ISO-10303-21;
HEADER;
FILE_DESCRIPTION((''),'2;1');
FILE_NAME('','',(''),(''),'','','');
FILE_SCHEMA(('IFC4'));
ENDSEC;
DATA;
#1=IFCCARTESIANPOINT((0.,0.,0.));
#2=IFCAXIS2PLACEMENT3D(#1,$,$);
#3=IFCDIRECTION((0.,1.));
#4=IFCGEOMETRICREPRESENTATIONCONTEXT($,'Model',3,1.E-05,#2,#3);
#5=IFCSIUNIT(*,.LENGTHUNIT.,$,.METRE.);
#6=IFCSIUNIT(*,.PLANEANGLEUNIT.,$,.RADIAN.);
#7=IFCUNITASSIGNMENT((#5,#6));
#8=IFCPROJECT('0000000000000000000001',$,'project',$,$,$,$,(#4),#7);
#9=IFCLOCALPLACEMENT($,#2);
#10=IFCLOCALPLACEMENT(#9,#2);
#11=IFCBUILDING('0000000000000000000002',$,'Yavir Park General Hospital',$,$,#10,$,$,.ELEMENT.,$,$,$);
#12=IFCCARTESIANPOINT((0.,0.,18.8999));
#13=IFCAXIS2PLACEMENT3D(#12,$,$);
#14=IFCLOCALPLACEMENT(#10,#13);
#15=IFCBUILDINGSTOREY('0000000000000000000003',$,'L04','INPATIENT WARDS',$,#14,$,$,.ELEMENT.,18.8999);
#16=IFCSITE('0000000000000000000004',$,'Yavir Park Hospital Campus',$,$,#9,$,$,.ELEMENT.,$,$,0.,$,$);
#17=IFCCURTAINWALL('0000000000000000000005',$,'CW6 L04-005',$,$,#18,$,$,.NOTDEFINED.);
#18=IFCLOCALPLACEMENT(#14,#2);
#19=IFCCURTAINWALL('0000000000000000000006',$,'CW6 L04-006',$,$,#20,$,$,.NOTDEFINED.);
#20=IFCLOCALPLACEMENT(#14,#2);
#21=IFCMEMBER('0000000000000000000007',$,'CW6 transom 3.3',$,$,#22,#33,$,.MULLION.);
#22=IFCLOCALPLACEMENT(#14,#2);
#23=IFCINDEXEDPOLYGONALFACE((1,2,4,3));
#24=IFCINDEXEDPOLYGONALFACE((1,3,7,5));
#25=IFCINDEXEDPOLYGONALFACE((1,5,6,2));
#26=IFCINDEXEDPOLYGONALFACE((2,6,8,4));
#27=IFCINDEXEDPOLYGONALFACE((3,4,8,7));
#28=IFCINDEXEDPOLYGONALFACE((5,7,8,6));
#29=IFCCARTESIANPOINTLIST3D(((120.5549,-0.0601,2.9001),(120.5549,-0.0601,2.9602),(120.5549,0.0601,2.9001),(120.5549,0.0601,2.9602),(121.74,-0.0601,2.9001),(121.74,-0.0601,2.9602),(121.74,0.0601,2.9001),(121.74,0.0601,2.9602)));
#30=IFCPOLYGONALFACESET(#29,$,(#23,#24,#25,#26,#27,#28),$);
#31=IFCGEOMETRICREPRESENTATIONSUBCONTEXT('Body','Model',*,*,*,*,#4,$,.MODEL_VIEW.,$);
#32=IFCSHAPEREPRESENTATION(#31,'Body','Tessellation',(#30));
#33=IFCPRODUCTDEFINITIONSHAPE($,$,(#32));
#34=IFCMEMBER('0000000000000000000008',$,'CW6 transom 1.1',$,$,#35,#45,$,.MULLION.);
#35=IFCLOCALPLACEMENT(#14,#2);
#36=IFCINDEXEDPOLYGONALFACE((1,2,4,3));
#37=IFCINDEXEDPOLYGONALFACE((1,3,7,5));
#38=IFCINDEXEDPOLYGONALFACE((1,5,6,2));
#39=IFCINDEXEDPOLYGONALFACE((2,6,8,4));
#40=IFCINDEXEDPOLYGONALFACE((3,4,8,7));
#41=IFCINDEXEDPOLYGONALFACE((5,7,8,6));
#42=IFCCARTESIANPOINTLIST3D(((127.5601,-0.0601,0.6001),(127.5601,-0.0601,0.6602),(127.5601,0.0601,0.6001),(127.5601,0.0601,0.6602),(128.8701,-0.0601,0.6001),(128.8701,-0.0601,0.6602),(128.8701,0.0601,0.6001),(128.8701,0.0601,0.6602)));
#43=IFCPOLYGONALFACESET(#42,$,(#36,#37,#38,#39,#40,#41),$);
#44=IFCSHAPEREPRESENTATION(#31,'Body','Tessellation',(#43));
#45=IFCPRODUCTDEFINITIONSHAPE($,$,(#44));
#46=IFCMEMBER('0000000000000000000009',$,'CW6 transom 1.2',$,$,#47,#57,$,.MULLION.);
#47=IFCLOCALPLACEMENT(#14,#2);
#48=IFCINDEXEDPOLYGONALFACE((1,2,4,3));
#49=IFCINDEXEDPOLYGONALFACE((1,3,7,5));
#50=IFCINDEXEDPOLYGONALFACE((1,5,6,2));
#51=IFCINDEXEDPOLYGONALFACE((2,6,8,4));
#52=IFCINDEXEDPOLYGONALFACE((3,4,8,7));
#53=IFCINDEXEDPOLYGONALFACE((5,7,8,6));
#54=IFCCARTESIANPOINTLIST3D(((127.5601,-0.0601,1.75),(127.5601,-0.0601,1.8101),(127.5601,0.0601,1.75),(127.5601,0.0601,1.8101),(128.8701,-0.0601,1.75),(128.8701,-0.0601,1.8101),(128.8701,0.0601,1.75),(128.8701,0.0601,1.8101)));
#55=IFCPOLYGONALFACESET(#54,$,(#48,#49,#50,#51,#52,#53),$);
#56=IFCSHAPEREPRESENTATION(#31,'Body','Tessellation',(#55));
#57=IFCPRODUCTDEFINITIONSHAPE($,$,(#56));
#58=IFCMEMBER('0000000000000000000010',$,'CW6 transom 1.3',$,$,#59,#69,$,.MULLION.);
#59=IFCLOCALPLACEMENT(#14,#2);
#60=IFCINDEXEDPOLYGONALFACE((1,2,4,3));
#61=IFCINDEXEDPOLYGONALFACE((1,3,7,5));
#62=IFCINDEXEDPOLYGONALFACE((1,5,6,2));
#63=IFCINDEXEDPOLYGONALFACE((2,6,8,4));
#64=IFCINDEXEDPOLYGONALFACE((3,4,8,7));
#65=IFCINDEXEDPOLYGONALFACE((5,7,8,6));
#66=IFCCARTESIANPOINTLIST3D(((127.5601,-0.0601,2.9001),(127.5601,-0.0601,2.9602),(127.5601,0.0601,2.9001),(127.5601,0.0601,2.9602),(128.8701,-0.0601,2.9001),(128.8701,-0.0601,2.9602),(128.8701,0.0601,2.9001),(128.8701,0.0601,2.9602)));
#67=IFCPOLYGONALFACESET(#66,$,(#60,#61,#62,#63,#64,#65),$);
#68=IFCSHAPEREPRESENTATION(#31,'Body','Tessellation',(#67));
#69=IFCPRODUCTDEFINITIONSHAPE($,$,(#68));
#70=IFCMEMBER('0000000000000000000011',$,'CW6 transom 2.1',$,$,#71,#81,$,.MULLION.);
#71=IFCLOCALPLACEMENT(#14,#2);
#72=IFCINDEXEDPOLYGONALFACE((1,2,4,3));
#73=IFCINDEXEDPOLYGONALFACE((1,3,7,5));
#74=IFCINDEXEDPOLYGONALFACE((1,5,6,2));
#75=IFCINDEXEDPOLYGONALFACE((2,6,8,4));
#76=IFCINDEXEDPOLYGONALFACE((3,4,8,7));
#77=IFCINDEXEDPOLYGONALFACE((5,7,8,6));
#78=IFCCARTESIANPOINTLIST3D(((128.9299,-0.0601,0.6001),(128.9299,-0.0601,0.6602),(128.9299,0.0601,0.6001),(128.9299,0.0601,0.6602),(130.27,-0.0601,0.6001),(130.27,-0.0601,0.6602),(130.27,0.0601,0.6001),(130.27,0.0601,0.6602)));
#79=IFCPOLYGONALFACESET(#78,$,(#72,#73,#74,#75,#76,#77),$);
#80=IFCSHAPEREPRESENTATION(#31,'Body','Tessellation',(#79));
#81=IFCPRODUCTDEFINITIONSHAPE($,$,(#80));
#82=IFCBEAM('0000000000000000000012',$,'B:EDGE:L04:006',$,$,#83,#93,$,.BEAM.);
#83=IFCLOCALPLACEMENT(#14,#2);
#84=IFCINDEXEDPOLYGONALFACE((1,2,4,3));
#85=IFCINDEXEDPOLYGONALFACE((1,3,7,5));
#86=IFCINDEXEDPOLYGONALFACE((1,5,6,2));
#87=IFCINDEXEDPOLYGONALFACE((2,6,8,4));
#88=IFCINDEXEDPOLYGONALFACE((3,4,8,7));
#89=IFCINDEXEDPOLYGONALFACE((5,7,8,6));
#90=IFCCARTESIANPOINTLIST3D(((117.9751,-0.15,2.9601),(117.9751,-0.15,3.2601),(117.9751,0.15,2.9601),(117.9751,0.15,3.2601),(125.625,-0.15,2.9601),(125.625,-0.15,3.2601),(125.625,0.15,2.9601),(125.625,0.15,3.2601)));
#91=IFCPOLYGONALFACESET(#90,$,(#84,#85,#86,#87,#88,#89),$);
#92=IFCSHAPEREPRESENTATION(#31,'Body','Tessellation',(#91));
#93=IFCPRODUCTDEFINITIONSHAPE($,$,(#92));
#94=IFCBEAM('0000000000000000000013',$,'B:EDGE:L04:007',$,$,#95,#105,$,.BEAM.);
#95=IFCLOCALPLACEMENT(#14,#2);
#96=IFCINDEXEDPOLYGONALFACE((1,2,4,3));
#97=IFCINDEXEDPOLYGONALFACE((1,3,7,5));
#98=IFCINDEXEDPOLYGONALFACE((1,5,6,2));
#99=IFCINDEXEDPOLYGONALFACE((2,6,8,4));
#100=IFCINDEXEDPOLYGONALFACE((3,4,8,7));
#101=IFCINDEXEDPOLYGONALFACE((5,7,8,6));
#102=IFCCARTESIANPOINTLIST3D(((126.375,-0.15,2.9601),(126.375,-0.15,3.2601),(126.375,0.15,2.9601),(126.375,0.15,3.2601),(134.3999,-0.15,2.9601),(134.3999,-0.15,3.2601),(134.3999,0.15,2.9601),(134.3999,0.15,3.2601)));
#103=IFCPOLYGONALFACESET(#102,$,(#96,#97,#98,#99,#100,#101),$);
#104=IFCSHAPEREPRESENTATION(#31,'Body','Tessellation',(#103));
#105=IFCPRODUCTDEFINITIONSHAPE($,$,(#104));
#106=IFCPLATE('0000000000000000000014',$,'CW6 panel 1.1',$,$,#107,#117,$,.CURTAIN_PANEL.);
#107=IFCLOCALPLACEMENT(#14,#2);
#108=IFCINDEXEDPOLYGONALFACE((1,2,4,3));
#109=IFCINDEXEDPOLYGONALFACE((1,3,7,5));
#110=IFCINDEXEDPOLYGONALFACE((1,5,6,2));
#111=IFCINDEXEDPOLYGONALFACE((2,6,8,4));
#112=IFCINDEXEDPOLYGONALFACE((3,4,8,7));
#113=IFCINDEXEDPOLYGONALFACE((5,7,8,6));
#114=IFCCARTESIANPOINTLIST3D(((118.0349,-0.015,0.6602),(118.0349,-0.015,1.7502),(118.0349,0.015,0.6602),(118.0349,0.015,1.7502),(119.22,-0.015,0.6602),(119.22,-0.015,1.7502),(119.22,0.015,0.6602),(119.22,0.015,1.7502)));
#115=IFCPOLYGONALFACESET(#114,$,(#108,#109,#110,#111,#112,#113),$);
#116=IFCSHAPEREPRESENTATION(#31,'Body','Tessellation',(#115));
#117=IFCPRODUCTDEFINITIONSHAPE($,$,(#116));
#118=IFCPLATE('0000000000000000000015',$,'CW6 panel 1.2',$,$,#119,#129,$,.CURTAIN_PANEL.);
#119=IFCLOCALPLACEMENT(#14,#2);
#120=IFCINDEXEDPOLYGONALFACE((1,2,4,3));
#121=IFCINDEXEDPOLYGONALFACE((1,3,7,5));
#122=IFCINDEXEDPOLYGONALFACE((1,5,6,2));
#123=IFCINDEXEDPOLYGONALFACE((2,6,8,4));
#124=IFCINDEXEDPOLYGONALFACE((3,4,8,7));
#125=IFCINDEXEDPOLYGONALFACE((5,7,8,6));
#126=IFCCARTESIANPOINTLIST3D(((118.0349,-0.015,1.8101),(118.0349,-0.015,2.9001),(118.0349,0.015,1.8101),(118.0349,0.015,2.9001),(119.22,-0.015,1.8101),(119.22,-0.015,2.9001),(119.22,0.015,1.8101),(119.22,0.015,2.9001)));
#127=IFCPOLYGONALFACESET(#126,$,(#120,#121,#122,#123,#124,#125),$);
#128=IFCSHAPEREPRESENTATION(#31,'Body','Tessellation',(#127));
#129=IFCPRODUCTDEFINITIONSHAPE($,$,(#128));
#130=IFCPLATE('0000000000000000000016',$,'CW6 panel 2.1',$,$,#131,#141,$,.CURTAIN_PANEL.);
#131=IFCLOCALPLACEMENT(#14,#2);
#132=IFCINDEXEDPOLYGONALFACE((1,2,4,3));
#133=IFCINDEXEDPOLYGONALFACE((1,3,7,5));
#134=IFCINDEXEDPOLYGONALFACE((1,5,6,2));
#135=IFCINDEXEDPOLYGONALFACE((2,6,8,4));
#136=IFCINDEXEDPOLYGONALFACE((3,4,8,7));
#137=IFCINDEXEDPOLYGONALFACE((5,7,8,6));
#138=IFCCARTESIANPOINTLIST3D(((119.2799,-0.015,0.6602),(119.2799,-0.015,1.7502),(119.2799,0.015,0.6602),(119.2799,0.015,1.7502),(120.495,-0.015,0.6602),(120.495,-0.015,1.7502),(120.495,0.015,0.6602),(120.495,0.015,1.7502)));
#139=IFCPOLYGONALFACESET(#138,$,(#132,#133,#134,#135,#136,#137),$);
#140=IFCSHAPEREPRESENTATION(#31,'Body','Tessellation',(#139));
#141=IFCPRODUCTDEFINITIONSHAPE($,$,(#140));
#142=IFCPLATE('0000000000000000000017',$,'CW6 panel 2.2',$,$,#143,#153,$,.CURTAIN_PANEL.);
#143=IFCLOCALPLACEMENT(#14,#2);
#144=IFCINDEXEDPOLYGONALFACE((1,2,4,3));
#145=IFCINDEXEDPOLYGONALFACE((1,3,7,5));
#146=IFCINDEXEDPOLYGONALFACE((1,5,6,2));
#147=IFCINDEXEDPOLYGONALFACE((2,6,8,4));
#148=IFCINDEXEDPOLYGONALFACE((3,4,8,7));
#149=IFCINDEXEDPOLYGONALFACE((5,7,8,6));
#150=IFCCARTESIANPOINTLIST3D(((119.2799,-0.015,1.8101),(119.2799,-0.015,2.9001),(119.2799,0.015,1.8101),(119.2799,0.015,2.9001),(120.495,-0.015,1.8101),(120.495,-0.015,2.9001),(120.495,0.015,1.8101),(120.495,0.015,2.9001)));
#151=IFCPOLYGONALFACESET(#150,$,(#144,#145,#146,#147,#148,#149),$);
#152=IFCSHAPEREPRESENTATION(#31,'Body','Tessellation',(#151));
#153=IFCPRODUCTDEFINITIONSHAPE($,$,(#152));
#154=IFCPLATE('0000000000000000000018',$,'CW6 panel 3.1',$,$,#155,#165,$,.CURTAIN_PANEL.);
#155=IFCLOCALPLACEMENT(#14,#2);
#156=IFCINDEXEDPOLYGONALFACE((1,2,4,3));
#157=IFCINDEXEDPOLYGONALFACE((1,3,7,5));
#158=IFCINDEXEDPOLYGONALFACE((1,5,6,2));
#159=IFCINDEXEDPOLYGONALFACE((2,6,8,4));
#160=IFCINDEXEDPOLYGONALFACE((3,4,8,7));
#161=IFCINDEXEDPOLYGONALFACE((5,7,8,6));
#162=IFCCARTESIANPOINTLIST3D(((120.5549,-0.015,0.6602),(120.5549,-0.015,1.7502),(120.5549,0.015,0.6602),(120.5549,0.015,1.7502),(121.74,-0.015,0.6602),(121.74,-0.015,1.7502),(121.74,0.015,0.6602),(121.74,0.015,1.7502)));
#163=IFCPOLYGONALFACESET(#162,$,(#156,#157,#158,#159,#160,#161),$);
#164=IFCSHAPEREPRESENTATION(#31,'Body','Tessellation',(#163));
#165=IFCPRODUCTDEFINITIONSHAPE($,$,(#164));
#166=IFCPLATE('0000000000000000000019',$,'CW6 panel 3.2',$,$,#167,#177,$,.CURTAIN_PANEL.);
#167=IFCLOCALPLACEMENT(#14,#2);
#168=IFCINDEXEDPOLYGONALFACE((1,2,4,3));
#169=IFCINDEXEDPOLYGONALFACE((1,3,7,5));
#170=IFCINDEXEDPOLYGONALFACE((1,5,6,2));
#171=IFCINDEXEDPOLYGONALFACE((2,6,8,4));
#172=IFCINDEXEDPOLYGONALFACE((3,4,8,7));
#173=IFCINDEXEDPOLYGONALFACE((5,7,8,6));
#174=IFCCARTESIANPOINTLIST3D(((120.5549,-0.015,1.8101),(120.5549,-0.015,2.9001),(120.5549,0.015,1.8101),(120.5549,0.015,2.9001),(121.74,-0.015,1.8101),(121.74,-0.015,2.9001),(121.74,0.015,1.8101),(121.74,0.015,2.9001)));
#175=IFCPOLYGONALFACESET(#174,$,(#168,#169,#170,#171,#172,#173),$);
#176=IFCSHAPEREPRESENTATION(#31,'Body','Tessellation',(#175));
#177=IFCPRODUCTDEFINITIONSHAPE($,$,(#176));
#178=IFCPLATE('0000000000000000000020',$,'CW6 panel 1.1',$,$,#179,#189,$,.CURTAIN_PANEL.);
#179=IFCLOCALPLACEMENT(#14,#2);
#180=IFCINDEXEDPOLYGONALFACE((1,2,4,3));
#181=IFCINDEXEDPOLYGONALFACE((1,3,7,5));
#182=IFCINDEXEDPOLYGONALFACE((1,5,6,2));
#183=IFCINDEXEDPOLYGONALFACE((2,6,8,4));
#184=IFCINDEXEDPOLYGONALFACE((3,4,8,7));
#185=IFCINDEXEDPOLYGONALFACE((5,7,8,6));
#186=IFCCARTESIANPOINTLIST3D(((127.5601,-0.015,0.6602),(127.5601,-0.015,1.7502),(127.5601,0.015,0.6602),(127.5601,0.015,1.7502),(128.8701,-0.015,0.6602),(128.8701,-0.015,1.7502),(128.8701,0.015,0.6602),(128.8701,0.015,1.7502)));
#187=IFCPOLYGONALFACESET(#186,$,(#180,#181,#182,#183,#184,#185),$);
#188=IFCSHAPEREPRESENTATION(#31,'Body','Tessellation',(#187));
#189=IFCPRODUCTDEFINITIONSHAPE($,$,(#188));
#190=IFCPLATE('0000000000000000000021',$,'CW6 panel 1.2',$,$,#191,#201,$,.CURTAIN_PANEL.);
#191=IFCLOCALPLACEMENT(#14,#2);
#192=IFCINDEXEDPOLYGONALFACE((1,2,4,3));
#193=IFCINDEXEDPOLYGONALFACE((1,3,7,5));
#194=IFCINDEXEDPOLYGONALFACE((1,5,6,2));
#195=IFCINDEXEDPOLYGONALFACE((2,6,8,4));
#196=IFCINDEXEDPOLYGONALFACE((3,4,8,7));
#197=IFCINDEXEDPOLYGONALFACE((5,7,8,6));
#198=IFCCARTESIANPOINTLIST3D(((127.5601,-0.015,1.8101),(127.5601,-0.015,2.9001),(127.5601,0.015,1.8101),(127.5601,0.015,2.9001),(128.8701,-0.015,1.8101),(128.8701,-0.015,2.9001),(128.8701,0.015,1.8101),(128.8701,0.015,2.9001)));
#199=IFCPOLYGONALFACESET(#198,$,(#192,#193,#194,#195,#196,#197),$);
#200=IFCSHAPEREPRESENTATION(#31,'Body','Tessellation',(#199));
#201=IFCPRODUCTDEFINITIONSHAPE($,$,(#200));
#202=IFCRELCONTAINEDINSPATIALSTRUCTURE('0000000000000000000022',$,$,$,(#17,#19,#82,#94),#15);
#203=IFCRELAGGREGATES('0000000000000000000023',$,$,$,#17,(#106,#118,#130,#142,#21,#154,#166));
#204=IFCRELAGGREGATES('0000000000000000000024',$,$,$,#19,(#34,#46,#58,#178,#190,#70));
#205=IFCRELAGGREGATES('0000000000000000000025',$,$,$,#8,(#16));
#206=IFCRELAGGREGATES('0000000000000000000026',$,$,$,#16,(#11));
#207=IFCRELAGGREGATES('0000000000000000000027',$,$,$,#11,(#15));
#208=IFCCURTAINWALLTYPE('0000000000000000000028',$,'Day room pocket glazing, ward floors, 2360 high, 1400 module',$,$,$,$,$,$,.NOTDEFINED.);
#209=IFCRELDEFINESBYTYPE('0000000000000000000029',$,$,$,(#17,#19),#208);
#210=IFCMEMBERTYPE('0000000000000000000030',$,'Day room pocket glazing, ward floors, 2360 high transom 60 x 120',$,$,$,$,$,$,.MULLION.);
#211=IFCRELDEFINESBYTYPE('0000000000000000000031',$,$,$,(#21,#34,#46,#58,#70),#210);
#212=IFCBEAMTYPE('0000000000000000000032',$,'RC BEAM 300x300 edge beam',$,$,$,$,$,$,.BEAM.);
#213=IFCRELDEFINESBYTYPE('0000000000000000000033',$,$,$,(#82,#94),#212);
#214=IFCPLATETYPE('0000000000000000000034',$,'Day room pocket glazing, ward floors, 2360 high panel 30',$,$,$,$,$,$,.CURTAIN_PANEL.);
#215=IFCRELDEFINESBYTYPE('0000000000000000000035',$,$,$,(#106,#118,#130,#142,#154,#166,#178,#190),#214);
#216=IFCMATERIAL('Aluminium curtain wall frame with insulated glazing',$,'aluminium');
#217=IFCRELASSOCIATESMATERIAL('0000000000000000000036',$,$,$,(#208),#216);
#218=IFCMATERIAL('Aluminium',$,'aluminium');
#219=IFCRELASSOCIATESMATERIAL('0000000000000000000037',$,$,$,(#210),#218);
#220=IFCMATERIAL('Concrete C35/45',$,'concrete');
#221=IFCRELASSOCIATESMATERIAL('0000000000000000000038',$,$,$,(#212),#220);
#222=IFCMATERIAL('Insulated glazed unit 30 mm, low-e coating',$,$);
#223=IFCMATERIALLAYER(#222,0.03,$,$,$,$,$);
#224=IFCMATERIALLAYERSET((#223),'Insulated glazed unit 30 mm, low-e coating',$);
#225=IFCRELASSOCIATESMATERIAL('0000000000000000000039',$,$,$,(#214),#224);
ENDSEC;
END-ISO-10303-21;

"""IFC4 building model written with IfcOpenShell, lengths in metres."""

from ifc_helpers import new_model, si_unit, direction, frame, origin, origin_2d, place, context, subcontext, project, spatial, rectangle, extrude, material, layer, layer_set, material_profile, profile_set, type_object, element, aggregate, save


model = new_model("IFC4")

# Units and contexts
model_context = context("Model", 3, precision=1e-05, world=origin(), true_north=direction((0.0, 1.0)))
body_context = subcontext(model_context, "Body", "Model", "MODEL_VIEW")
ifc_project = project(units=[si_unit("LENGTHUNIT", "METRE"), si_unit("PLANEANGLEUNIT", "RADIAN")], contexts=[model_context])

# Site, building, storey
site_placement = place(None, origin())
site = spatial("IfcSite", under=ifc_project, at=site_placement, Name="Yavir Park Hospital Campus", CompositionType="ELEMENT", RefElevation=0.0)
building_placement = place(site_placement, origin())
building = spatial("IfcBuilding", under=site, at=building_placement, Name="Yavir Park General Hospital", CompositionType="ELEMENT")
storey_placement = place(building_placement, frame((0.0, 0.0, 18.8999)))
storey = spatial("IfcBuildingStorey", under=building, at=storey_placement, Name="L04", Description="INPATIENT WARDS", CompositionType="ELEMENT", Elevation=18.8999)

# Curtain walls
ifc_material_1 = material(Name="Aluminium curtain wall frame with insulated glazing", Category="aluminium")
curtain_wall_type = type_object("IfcCurtainWallType", Name="Day room pocket glazing, ward floors, 2360 high, 1400 module", PredefinedType="NOTDEFINED", material=ifc_material_1)
curtain_wall_1_placement = place(storey_placement, origin())
curtain_wall_1 = element("IfcCurtainWall", 1, at=curtain_wall_1_placement, inside=storey, type_object=curtain_wall_type, Name="CW6 L04-005", PredefinedType="NOTDEFINED")
curtain_wall_2_placement = place(storey_placement, origin())
curtain_wall_2 = element("IfcCurtainWall", 2, at=curtain_wall_2_placement, inside=storey, type_object=curtain_wall_type, Name="CW6 L04-006", PredefinedType="NOTDEFINED")

# Members
ifc_material_2 = material(Name="Aluminium", Category="aluminium")
ifc_material_profile_1 = material_profile(ifc_material_2, rectangle(XDim=0.1201, YDim=0.0601, at=origin_2d()), Name="AL 120x60")
ifc_profile_set_1 = profile_set([ifc_material_profile_1], Name="Aluminium")
member_type_1 = type_object("IfcMemberType", Name="Day room pocket glazing, ward floors, 2360 high transom 60 x 120", PredefinedType="MULLION", material=ifc_profile_set_1)
member_1_placement = place(storey_placement, frame((120.5549, 0.0, 2.9302), z_axis=(1.0, 0.0, 0.0), x_axis=(0.0, 1.0, 0.0)))
member_1 = element("IfcMember", 3, at=member_1_placement, type_object=member_type_1, Name="CW6 transom 3.3", PredefinedType="MULLION", context=body_context, shape_type="SweptSolid", body=[
    extrude(rectangle(XDim=0.1201, YDim=0.0601, at=origin_2d()), origin(), (0.0, 0.0, 1.0), 1.1851),
])
member_2_placement = place(storey_placement, frame((127.5601, 0.0, 0.6301), z_axis=(1.0, 0.0, 0.0), x_axis=(0.0, 1.0, 0.0)))
member_2 = element("IfcMember", 4, at=member_2_placement, type_object=member_type_1, Name="CW6 transom 1.1", PredefinedType="MULLION", context=body_context, shape_type="SweptSolid", body=[
    extrude(rectangle(XDim=0.1201, YDim=0.0601, at=origin_2d()), origin(), (0.0, 0.0, 1.0), 1.3101),
])
member_3_placement = place(storey_placement, frame((127.5601, 0.0, 1.78), z_axis=(1.0, 0.0, 0.0), x_axis=(0.0, 1.0, 0.0)))
member_3 = element("IfcMember", 5, at=member_3_placement, type_object=member_type_1, Name="CW6 transom 1.2", PredefinedType="MULLION", context=body_context, shape_type="SweptSolid", body=[
    extrude(rectangle(XDim=0.1201, YDim=0.0601, at=origin_2d()), origin(), (0.0, 0.0, 1.0), 1.3101),
])
member_4_placement = place(storey_placement, frame((127.5601, 0.0, 2.9302), z_axis=(1.0, 0.0, 0.0), x_axis=(0.0, 1.0, 0.0)))
member_4 = element("IfcMember", 6, at=member_4_placement, type_object=member_type_1, Name="CW6 transom 1.3", PredefinedType="MULLION", context=body_context, shape_type="SweptSolid", body=[
    extrude(rectangle(XDim=0.1201, YDim=0.0601, at=origin_2d()), origin(), (0.0, 0.0, 1.0), 1.3101),
])
member_5_placement = place(storey_placement, frame((128.9299, 0.0, 0.6301), z_axis=(1.0, 0.0, 0.0), x_axis=(0.0, 1.0, 0.0)))
member_5 = element("IfcMember", 7, at=member_5_placement, type_object=member_type_1, Name="CW6 transom 2.1", PredefinedType="MULLION", context=body_context, shape_type="SweptSolid", body=[
    extrude(rectangle(XDim=0.1201, YDim=0.0601, at=origin_2d()), origin(), (0.0, 0.0, 1.0), 1.3401),
])

# Beams
ifc_material_3 = material(Name="Concrete C35/45", Category="concrete")
ifc_material_profile_2 = material_profile(ifc_material_3, rectangle(XDim=0.3, YDim=0.3, at=origin_2d()), Name="RC300x300")
ifc_profile_set_2 = profile_set([ifc_material_profile_2], Name="Concrete C35/45")
beam_type = type_object("IfcBeamType", Name="RC BEAM 300x300 edge beam", PredefinedType="BEAM", material=ifc_profile_set_2)
beam_1_placement = place(storey_placement, frame((117.9751, 0.0, 3.1101), z_axis=(1.0, 0.0, 0.0), x_axis=(0.0, 1.0, 0.0)))
element("IfcBeam", 8, at=beam_1_placement, inside=storey, type_object=beam_type, Name="B:EDGE:L04:006", PredefinedType="BEAM", context=body_context, shape_type="SweptSolid", body=[
    extrude(rectangle(XDim=0.3, YDim=0.3, at=origin_2d()), origin(), (0.0, 0.0, 1.0), 7.6499),
])
beam_2_placement = place(storey_placement, frame((126.375, 0.0, 3.1101), z_axis=(1.0, 0.0, 0.0), x_axis=(0.0, 1.0, 0.0)))
element("IfcBeam", 9, at=beam_2_placement, inside=storey, type_object=beam_type, Name="B:EDGE:L04:007", PredefinedType="BEAM", context=body_context, shape_type="SweptSolid", body=[
    extrude(rectangle(XDim=0.3, YDim=0.3, at=origin_2d()), origin(), (0.0, 0.0, 1.0), 8.0249),
])

# Plates
ifc_material_4 = material(Name="Insulated glazed unit 30 mm, low-e coating")
ifc_layer_1 = layer(ifc_material_4, 0.03)
ifc_layer_set_1 = layer_set([ifc_layer_1], Name="Insulated glazed unit 30 mm, low-e coating")
plate_type = type_object("IfcPlateType", Name="Day room pocket glazing, ward floors, 2360 high panel 30", PredefinedType="CURTAIN_PANEL", material=ifc_layer_set_1)
plate_1_placement = place(storey_placement, frame((118.6274, 0.0, 0.6602), z_axis=(0.0, 0.0, 1.0), x_axis=(1.0, 0.0, 0.0)))
plate_1 = element("IfcPlate", 10, at=plate_1_placement, type_object=plate_type, Name="CW6 panel 1.1", PredefinedType="CURTAIN_PANEL", context=body_context, shape_type="SweptSolid", body=[
    extrude(rectangle(XDim=1.1851, YDim=0.03, at=origin_2d()), origin(), (0.0, 0.0, 1.0), 1.0901),
])
plate_2_placement = place(storey_placement, frame((118.6274, 0.0, 1.8101), z_axis=(0.0, 0.0, 1.0), x_axis=(1.0, 0.0, 0.0)))
plate_2 = element("IfcPlate", 11, at=plate_2_placement, type_object=plate_type, Name="CW6 panel 1.2", PredefinedType="CURTAIN_PANEL", context=body_context, shape_type="SweptSolid", body=[
    extrude(rectangle(XDim=1.1851, YDim=0.03, at=origin_2d()), origin(), (0.0, 0.0, 1.0), 1.0901),
])
plate_3_placement = place(storey_placement, frame((119.8875, 0.0, 0.6602), z_axis=(0.0, 0.0, 1.0), x_axis=(1.0, 0.0, 0.0)))
plate_3 = element("IfcPlate", 12, at=plate_3_placement, type_object=plate_type, Name="CW6 panel 2.1", PredefinedType="CURTAIN_PANEL", context=body_context, shape_type="SweptSolid", body=[
    extrude(rectangle(XDim=1.2151, YDim=0.03, at=origin_2d()), origin(), (0.0, 0.0, 1.0), 1.0901),
])
plate_4_placement = place(storey_placement, frame((119.8875, 0.0, 1.8101), z_axis=(0.0, 0.0, 1.0), x_axis=(1.0, 0.0, 0.0)))
plate_4 = element("IfcPlate", 13, at=plate_4_placement, type_object=plate_type, Name="CW6 panel 2.2", PredefinedType="CURTAIN_PANEL", context=body_context, shape_type="SweptSolid", body=[
    extrude(rectangle(XDim=1.2151, YDim=0.03, at=origin_2d()), origin(), (0.0, 0.0, 1.0), 1.0901),
])
plate_5_placement = place(storey_placement, frame((121.1475, 0.0, 0.6602), z_axis=(0.0, 0.0, 1.0), x_axis=(1.0, 0.0, 0.0)))
plate_5 = element("IfcPlate", 14, at=plate_5_placement, type_object=plate_type, Name="CW6 panel 3.1", PredefinedType="CURTAIN_PANEL", context=body_context, shape_type="SweptSolid", body=[
    extrude(rectangle(XDim=1.1851, YDim=0.03, at=origin_2d()), origin(), (0.0, 0.0, 1.0), 1.0901),
])
plate_6_placement = place(storey_placement, frame((121.1475, 0.0, 1.8101), z_axis=(0.0, 0.0, 1.0), x_axis=(1.0, 0.0, 0.0)))
plate_6 = element("IfcPlate", 15, at=plate_6_placement, type_object=plate_type, Name="CW6 panel 3.2", PredefinedType="CURTAIN_PANEL", context=body_context, shape_type="SweptSolid", body=[
    extrude(rectangle(XDim=1.1851, YDim=0.03, at=origin_2d()), origin(), (0.0, 0.0, 1.0), 1.0901),
])
aggregate(curtain_wall_1, [plate_1, plate_2, plate_3, plate_4, member_1, plate_5, plate_6])
plate_7_placement = place(storey_placement, frame((128.2151, 0.0, 0.6602), z_axis=(0.0, 0.0, 1.0), x_axis=(1.0, 0.0, 0.0)))
plate_7 = element("IfcPlate", 16, at=plate_7_placement, type_object=plate_type, Name="CW6 panel 1.1", PredefinedType="CURTAIN_PANEL", context=body_context, shape_type="SweptSolid", body=[
    extrude(rectangle(XDim=1.3101, YDim=0.03, at=origin_2d()), origin(), (0.0, 0.0, 1.0), 1.0901),
])
plate_8_placement = place(storey_placement, frame((128.2151, 0.0, 1.8101), z_axis=(0.0, 0.0, 1.0), x_axis=(1.0, 0.0, 0.0)))
plate_8 = element("IfcPlate", 17, at=plate_8_placement, type_object=plate_type, Name="CW6 panel 1.2", PredefinedType="CURTAIN_PANEL", context=body_context, shape_type="SweptSolid", body=[
    extrude(rectangle(XDim=1.3101, YDim=0.03, at=origin_2d()), origin(), (0.0, 0.0, 1.0), 1.0901),
])
aggregate(curtain_wall_2, [member_2, member_3, member_4, plate_7, plate_8, member_5])

save(model, "model.ifc")
